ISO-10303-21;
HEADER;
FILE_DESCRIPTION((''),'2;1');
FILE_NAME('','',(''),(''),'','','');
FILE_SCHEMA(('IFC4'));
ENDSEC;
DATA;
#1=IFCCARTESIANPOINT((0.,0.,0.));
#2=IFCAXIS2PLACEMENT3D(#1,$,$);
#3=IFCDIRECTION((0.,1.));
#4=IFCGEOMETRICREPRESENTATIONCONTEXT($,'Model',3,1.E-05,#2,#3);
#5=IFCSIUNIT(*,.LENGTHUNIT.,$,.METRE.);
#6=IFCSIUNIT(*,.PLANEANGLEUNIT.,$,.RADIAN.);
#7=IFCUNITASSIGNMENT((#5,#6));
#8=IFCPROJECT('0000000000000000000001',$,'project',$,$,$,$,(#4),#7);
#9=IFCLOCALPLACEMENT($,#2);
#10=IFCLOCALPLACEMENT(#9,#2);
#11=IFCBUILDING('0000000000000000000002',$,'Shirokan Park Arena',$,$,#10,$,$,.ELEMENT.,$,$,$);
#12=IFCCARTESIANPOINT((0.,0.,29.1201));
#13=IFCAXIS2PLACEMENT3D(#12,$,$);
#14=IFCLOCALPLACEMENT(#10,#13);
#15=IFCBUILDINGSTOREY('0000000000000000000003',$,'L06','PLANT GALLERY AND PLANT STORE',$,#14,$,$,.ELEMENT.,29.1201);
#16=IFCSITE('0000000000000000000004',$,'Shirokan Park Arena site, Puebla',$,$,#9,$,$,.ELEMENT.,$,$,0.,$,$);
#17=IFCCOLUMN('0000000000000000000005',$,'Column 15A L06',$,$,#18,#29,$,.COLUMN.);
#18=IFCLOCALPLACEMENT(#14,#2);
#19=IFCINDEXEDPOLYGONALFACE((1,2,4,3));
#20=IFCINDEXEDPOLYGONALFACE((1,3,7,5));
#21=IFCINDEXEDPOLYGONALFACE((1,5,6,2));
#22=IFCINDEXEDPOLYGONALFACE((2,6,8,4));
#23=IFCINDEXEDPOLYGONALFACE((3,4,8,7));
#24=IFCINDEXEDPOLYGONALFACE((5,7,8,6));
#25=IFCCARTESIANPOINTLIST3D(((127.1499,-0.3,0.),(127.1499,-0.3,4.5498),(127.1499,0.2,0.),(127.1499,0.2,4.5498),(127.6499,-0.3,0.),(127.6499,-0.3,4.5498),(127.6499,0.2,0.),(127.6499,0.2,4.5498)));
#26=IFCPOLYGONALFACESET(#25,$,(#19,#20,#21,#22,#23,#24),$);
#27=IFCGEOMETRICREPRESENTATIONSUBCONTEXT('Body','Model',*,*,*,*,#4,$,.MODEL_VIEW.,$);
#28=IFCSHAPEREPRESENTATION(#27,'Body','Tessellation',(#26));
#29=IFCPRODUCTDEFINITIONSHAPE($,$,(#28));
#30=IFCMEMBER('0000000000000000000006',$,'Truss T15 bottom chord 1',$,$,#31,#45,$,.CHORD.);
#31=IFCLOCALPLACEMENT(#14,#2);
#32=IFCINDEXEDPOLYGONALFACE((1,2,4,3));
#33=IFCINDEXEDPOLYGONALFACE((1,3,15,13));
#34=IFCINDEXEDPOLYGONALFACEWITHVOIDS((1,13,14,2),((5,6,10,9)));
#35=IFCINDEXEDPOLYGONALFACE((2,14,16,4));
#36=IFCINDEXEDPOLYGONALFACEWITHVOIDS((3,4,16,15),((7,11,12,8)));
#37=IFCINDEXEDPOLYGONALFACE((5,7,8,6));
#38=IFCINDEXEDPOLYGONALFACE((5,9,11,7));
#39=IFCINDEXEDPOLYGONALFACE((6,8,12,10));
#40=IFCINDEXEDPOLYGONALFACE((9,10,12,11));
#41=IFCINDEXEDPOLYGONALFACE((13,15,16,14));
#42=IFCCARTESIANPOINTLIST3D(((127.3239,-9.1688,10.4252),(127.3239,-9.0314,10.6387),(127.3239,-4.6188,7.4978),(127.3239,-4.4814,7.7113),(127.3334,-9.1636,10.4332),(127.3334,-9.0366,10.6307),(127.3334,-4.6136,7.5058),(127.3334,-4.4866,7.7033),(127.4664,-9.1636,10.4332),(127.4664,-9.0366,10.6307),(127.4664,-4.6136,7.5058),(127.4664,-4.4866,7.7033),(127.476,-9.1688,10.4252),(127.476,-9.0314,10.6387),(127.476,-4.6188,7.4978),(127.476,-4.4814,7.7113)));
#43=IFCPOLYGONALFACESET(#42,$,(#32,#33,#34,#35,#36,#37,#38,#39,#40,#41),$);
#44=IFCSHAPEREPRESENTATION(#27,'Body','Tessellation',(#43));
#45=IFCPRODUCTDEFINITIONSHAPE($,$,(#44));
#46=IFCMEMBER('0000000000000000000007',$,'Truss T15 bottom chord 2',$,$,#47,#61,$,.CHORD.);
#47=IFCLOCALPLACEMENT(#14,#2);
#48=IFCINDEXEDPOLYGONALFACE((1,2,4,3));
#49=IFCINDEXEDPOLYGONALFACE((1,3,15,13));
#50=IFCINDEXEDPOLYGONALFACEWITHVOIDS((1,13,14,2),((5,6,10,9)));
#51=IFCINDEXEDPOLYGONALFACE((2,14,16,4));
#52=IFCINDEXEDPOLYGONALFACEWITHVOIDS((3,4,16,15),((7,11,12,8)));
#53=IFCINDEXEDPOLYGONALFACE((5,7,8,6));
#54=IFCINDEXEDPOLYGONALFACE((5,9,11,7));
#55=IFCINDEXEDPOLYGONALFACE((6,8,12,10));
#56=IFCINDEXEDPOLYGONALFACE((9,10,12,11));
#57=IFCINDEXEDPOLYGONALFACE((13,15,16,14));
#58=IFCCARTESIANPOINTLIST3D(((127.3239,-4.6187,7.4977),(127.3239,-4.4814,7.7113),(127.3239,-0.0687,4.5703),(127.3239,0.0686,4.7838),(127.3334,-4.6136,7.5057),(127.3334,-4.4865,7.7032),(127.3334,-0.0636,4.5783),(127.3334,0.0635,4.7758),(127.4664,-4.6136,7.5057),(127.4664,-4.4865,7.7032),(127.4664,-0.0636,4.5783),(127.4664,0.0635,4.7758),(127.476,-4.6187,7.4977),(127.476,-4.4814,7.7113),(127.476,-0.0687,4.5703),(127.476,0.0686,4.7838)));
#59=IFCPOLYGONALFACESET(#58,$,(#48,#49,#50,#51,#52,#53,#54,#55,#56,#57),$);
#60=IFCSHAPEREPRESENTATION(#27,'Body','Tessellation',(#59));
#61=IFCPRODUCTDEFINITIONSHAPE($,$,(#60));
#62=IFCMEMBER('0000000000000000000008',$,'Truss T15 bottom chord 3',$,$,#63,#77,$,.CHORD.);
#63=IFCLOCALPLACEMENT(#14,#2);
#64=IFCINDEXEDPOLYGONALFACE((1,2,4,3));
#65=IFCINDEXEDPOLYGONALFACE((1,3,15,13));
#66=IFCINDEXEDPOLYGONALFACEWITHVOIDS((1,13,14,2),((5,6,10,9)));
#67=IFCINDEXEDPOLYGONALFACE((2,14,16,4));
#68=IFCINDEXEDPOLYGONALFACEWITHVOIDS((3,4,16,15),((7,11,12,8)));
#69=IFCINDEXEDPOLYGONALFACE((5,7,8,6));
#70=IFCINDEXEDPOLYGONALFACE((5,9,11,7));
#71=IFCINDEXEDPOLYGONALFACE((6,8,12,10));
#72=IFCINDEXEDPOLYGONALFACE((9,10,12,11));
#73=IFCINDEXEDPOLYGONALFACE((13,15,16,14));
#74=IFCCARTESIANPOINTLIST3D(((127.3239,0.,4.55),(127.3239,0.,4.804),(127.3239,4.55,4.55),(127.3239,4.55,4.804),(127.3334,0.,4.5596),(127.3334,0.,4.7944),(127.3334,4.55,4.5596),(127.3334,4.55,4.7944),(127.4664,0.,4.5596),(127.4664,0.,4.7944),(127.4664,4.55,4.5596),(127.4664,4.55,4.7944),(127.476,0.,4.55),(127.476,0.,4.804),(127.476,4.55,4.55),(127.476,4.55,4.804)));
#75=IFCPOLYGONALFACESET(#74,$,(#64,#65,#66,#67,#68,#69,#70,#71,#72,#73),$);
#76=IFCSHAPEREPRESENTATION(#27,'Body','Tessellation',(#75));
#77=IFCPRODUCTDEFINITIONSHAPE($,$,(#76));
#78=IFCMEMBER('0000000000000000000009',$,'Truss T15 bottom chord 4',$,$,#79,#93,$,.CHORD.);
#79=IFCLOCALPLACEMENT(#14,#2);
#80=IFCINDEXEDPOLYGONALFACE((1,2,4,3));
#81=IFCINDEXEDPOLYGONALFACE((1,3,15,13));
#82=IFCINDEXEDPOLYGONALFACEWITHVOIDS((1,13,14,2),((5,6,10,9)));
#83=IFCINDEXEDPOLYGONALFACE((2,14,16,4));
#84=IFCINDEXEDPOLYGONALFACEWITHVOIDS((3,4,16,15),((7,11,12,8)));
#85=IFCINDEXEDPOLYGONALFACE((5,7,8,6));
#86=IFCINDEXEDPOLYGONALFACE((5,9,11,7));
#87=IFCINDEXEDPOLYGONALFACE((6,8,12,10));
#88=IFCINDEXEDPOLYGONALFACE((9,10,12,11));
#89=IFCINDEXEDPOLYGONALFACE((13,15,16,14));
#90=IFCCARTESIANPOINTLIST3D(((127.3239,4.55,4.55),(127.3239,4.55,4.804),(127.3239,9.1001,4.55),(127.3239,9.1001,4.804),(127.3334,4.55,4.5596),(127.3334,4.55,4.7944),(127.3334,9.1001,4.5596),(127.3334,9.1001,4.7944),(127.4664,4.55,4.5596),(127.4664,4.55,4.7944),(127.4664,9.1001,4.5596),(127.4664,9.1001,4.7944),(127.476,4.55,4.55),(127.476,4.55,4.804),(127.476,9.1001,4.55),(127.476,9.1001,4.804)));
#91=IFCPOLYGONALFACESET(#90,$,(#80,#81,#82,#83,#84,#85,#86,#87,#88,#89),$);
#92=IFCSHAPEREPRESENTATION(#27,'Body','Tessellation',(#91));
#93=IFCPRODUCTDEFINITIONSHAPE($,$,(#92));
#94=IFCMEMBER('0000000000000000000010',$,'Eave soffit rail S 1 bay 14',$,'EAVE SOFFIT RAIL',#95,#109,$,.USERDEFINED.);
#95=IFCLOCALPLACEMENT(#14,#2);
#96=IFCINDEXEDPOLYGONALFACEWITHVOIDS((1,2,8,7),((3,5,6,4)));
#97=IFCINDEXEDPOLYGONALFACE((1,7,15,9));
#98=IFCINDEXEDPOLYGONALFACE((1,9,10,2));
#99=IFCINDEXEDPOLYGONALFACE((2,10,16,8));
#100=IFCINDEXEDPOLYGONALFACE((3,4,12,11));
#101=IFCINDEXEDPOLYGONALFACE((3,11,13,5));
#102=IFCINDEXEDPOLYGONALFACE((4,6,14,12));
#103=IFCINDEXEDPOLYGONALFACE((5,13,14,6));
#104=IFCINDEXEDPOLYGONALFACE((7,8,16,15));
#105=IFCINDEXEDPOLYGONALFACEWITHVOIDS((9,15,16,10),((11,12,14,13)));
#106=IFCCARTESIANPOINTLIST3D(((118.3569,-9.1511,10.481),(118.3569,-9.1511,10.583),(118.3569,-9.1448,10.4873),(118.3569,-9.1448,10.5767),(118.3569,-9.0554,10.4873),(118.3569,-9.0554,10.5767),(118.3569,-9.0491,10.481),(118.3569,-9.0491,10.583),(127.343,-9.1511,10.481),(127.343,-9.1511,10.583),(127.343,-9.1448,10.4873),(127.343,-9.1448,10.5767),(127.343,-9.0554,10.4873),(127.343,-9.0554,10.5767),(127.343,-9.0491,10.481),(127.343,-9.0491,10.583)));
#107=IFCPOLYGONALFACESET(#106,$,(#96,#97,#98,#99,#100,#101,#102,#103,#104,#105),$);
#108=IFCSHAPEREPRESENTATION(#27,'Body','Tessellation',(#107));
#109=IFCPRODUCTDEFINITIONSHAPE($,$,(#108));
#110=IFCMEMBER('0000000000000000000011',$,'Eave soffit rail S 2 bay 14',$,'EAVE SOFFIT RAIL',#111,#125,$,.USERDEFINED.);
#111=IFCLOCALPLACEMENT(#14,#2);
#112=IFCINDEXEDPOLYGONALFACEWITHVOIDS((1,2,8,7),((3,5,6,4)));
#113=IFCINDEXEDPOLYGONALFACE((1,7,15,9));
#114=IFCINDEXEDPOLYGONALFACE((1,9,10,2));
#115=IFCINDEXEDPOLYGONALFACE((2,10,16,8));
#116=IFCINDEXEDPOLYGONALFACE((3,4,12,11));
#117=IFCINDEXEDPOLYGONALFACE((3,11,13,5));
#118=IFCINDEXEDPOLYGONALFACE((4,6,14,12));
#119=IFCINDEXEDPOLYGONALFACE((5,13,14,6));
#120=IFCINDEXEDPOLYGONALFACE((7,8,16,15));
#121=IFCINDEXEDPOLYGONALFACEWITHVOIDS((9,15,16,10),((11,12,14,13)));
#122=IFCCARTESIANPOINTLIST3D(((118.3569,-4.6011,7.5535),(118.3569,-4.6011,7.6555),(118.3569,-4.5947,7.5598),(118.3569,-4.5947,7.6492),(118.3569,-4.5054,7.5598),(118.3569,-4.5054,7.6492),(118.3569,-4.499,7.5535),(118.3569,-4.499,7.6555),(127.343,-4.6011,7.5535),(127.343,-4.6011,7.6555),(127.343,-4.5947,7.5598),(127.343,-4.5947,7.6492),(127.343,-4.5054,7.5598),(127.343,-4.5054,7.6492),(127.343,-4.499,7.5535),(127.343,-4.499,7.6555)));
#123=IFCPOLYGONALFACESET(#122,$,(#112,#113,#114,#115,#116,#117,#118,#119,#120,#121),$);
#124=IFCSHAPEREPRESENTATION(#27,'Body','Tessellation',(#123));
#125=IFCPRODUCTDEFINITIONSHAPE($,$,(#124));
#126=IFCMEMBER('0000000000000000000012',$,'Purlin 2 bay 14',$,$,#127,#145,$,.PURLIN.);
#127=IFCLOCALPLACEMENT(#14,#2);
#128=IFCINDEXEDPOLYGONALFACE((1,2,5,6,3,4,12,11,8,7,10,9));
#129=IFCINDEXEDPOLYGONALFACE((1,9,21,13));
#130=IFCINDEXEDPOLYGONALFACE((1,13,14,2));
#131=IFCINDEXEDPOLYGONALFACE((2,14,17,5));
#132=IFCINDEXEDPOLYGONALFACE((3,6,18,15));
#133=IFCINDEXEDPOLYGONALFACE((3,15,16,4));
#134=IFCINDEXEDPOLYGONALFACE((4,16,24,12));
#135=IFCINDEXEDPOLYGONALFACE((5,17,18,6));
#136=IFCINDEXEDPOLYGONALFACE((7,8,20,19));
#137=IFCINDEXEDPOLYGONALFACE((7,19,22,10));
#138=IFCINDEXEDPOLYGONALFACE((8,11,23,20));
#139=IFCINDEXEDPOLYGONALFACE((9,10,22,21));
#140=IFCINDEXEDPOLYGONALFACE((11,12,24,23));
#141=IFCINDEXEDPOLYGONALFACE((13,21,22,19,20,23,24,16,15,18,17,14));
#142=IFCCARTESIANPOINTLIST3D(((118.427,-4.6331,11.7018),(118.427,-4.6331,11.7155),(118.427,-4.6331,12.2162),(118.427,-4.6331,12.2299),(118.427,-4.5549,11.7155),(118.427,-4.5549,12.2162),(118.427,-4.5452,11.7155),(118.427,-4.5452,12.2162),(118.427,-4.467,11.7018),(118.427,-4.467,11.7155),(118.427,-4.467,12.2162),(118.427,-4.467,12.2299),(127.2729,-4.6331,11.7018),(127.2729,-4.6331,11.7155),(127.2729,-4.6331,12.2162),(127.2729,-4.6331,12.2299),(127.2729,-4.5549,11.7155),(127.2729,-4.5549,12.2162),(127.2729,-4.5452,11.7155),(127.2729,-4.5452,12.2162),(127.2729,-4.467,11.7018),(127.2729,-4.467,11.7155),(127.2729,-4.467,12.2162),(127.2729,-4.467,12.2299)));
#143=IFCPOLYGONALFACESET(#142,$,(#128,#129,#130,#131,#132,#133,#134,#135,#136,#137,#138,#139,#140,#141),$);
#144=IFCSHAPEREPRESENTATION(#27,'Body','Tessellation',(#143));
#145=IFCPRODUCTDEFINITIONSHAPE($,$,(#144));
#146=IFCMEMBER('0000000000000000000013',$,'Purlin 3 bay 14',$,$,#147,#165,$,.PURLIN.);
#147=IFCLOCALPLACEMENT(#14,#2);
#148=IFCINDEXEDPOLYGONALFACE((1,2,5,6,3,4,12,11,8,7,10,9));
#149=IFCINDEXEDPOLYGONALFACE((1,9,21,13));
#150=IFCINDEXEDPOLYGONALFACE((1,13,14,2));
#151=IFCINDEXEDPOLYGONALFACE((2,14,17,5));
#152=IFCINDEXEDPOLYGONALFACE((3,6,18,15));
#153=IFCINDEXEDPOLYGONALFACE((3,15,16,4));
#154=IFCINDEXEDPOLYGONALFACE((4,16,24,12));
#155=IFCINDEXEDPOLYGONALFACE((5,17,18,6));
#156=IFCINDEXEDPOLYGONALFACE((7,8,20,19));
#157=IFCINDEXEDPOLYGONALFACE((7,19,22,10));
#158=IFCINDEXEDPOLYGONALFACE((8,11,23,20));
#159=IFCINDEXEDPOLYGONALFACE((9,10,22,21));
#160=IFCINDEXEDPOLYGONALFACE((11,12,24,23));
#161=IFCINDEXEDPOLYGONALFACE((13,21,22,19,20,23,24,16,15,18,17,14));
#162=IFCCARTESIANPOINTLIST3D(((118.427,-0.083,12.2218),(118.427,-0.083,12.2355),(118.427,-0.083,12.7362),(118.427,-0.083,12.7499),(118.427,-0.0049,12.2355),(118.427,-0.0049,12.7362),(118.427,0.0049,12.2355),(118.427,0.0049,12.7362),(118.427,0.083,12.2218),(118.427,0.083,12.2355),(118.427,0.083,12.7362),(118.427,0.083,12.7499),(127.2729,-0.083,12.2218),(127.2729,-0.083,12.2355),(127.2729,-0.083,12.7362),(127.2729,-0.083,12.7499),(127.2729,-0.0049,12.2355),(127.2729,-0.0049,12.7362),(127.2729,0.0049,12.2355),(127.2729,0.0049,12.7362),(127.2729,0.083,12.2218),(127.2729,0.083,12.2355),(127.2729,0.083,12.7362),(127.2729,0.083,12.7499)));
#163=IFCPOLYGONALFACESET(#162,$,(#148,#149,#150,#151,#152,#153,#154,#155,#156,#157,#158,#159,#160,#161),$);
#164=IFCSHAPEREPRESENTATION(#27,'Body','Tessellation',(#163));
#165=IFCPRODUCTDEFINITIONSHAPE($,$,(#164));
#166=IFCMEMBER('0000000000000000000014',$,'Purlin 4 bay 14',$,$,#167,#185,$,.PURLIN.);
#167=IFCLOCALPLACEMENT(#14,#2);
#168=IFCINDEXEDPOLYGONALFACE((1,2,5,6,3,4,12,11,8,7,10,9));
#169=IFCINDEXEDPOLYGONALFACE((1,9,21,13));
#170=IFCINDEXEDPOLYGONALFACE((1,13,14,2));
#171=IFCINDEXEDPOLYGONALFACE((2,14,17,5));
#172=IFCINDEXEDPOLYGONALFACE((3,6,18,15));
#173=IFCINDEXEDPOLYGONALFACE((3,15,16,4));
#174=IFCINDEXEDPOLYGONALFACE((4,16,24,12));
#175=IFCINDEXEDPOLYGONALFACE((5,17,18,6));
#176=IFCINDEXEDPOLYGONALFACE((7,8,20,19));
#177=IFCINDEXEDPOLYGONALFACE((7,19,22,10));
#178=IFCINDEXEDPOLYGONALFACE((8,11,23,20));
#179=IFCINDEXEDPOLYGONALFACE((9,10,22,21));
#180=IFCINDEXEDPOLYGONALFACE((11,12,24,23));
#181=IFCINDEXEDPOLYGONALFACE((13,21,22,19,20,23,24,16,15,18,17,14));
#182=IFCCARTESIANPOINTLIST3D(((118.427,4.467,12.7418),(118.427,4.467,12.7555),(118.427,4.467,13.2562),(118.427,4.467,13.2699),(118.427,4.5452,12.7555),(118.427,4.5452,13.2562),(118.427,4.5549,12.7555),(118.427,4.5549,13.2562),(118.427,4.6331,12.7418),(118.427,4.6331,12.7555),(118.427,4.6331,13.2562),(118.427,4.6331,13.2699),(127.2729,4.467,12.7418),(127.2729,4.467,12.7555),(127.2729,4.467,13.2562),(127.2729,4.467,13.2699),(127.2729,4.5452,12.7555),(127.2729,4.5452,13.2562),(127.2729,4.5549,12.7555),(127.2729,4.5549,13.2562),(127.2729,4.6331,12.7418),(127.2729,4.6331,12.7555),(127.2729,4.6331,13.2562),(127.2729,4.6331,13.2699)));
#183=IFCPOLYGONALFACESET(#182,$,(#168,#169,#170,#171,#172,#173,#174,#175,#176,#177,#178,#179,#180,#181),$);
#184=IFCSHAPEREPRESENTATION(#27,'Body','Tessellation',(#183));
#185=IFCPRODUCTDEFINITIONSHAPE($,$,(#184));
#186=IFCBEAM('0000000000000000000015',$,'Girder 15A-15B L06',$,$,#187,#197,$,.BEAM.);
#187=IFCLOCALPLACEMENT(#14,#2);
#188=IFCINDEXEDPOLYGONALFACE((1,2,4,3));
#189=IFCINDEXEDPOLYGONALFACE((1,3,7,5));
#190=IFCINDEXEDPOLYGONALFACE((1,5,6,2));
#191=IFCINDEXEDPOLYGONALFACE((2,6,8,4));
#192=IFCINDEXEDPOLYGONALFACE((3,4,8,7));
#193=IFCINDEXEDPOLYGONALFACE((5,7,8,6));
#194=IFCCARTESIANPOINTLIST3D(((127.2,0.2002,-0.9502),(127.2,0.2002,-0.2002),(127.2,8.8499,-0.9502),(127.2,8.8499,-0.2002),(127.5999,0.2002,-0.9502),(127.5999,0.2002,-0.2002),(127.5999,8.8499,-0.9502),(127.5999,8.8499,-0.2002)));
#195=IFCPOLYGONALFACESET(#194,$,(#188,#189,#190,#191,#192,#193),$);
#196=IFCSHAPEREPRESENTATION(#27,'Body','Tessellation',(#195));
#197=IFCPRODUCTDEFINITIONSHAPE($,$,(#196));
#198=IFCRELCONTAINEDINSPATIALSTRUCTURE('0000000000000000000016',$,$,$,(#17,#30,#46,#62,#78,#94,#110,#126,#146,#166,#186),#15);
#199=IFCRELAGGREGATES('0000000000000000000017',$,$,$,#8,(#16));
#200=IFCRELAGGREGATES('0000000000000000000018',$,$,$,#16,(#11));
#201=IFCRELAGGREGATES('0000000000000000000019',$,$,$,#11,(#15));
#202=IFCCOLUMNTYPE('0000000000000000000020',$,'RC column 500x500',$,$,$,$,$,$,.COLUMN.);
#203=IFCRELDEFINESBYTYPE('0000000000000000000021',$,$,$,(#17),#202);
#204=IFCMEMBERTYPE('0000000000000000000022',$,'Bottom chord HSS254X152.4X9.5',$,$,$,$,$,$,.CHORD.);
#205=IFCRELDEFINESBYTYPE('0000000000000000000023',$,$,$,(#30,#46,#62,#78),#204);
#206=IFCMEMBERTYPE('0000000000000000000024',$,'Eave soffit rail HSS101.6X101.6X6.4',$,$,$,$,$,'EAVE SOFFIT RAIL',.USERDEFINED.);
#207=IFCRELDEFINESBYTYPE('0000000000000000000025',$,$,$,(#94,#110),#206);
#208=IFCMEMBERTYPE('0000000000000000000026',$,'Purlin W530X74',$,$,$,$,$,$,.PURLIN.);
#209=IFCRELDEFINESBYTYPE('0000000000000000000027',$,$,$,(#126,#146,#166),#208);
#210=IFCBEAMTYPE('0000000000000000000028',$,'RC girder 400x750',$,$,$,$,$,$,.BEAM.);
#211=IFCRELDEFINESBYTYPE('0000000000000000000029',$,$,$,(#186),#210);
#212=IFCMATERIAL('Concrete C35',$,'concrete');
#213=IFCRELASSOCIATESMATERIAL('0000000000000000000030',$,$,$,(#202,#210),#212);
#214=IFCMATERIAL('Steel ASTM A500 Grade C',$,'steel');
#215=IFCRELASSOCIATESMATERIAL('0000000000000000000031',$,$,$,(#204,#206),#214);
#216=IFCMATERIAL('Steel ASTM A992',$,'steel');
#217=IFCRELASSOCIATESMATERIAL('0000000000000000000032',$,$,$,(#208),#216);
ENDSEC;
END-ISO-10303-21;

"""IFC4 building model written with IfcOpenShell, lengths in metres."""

from ifc_helpers import new_model, si_unit, direction, frame, origin, origin_2d, place, context, subcontext, project, spatial, rectangle, hollow_rectangle, i_section, extrude, material, material_profile, profile_set, type_object, element, save


model = new_model("IFC4")

# Units and contexts
model_context = context("Model", 3, precision=1e-05, world=origin(), true_north=direction((0.0, 1.0)))
body_context = subcontext(model_context, "Body", "Model", "MODEL_VIEW")
ifc_project = project(units=[si_unit("LENGTHUNIT", "METRE"), si_unit("PLANEANGLEUNIT", "RADIAN")], contexts=[model_context])

# Site, building, storey
site_placement = place(None, origin())
site = spatial("IfcSite", under=ifc_project, at=site_placement, Name="Shirokan Park Arena site, Puebla", CompositionType="ELEMENT", RefElevation=0.0)
building_placement = place(site_placement, origin())
building = spatial("IfcBuilding", under=site, at=building_placement, Name="Shirokan Park Arena", CompositionType="ELEMENT")
storey_placement = place(building_placement, frame((0.0, 0.0, 29.1201)))
storey = spatial("IfcBuildingStorey", under=building, at=storey_placement, Name="L06", Description="PLANT GALLERY AND PLANT STORE", CompositionType="ELEMENT", Elevation=29.1201)

# Column
ifc_material_1 = material(Name="Concrete C35", Category="concrete")
ifc_material_profile_1 = material_profile(ifc_material_1, rectangle(XDim=0.5, YDim=0.5, at=origin_2d()), Name="500x500")
ifc_profile_set_1 = profile_set([ifc_material_profile_1], Name="Concrete C35")
column_type = type_object("IfcColumnType", Name="RC column 500x500", PredefinedType="COLUMN", material=ifc_profile_set_1)
column_placement = place(storey_placement, frame((127.3999, -0.05, 0.0), z_axis=(0.0, 0.0, 1.0), x_axis=(1.0, 0.0, 0.0)))
element("IfcColumn", 1, at=column_placement, inside=storey, type_object=column_type, Name="Column 15A L06", PredefinedType="COLUMN", context=body_context, shape_type="SweptSolid", body=[
    extrude(rectangle(XDim=0.5, YDim=0.5, at=origin_2d()), origin(), (0.0, 0.0, 1.0), 4.5498),
])

# Members
ifc_material_2 = material(Name="Steel ASTM A500 Grade C", Category="steel")
ifc_material_profile_2 = material_profile(ifc_material_2, hollow_rectangle(XDim=0.1521, YDim=0.2539, WallThickness=0.0095, at=origin_2d()), Name="HSS254X152.4X9.5")
ifc_profile_set_2 = profile_set([ifc_material_profile_2], Name="Steel ASTM A500 Grade C")
member_type_1 = type_object("IfcMemberType", Name="Bottom chord HSS254X152.4X9.5", PredefinedType="CHORD", material=ifc_profile_set_2)
for number, where, z_axis, x_axis, name in (
    (2, (127.3999, -9.1001, 10.532), (0.0, 0.840972, -0.541079), (-1.0, 0.0, 0.0), "Truss T15 bottom chord 1"),
    (3, (127.3999, -4.55, 7.6045), (0.0, 0.840972, -0.541079), (-1.0, 0.0, 0.0), "Truss T15 bottom chord 2"),
):
    element("IfcMember", number, at=place(storey_placement, frame(where, z_axis=z_axis, x_axis=x_axis)), inside=storey, type_object=member_type_1, Name=name, PredefinedType="CHORD", context=body_context, shape_type="SweptSolid", body=[
        extrude(hollow_rectangle(XDim=0.1521, YDim=0.2539, WallThickness=0.0095, at=origin_2d()), origin(), (0.0, 0.0, 1.0), 5.4104),
    ])
for number, where, z_axis, x_axis, name in (
    (4, (127.3999, 0.0, 4.677), (0.0, 1.0, 0.0), (-1.0, 0.0, 0.0), "Truss T15 bottom chord 3"),
    (5, (127.3999, 4.55, 4.677), (0.0, 1.0, 0.0), (-1.0, 0.0, 0.0), "Truss T15 bottom chord 4"),
):
    element("IfcMember", number, at=place(storey_placement, frame(where, z_axis=z_axis, x_axis=x_axis)), inside=storey, type_object=member_type_1, Name=name, PredefinedType="CHORD", context=body_context, shape_type="SweptSolid", body=[
        extrude(hollow_rectangle(XDim=0.1521, YDim=0.2539, WallThickness=0.0095, at=origin_2d()), origin(), (0.0, 0.0, 1.0), 4.55),
    ])
ifc_material_profile_3 = material_profile(ifc_material_2, hollow_rectangle(XDim=0.1021, YDim=0.1021, WallThickness=0.0063, at=origin_2d()), Name="HSS101.6X101.6X6.4")
ifc_profile_set_3 = profile_set([ifc_material_profile_3], Name="Steel ASTM A500 Grade C")
member_type_2 = type_object("IfcMemberType", Name="Eave soffit rail HSS101.6X101.6X6.4", ElementType="EAVE SOFFIT RAIL", PredefinedType="USERDEFINED", material=ifc_profile_set_3)
for number, where, z_axis, x_axis, name in (
    (6, (118.3569, -9.1001, 10.532), (1.0, 0.0, 0.0), (0.0, 1.0, 0.0), "Eave soffit rail S 1 bay 14"),
    (7, (118.3569, -4.55, 7.6045), (1.0, 0.0, 0.0), (0.0, 1.0, 0.0), "Eave soffit rail S 2 bay 14"),
):
    element("IfcMember", number, at=place(storey_placement, frame(where, z_axis=z_axis, x_axis=x_axis)), inside=storey, type_object=member_type_2, Name=name, ObjectType="EAVE SOFFIT RAIL", PredefinedType="USERDEFINED", context=body_context, shape_type="SweptSolid", body=[
        extrude(hollow_rectangle(XDim=0.1021, YDim=0.1021, WallThickness=0.0063, at=origin_2d()), origin(), (0.0, 0.0, 1.0), 8.9861),
    ])
ifc_material_3 = material(Name="Steel ASTM A992", Category="steel")
ifc_material_profile_4 = material_profile(ifc_material_3, i_section(OverallWidth=0.166, OverallDepth=0.5281, WebThickness=0.0098, FlangeThickness=0.0137, at=origin_2d()), Name="W530X74")
ifc_profile_set_4 = profile_set([ifc_material_profile_4], Name="Steel ASTM A992")
member_type_3 = type_object("IfcMemberType", Name="Purlin W530X74", PredefinedType="PURLIN", material=ifc_profile_set_4)
for number, where, z_axis, x_axis, name in (
    (8, (118.427, -4.55, 11.9658), (1.0, 0.0, 0.0), (0.0, 1.0, 0.0), "Purlin 2 bay 14"),
    (9, (118.427, 0.0, 12.4858), (1.0, 0.0, 0.0), (0.0, 1.0, 0.0), "Purlin 3 bay 14"),
    (10, (118.427, 4.55, 13.0059), (1.0, 0.0, 0.0), (0.0, 1.0, 0.0), "Purlin 4 bay 14"),
):
    element("IfcMember", number, at=place(storey_placement, frame(where, z_axis=z_axis, x_axis=x_axis)), inside=storey, type_object=member_type_3, Name=name, PredefinedType="PURLIN", context=body_context, shape_type="SweptSolid", body=[
        extrude(i_section(OverallWidth=0.166, OverallDepth=0.5281, WebThickness=0.0098, FlangeThickness=0.0137, at=origin_2d()), origin(), (0.0, 0.0, 1.0), 8.8459),
    ])

# Beam
ifc_material_profile_5 = material_profile(ifc_material_1, rectangle(XDim=0.3999, YDim=0.75, at=origin_2d()), Name="400x750")
ifc_profile_set_5 = profile_set([ifc_material_profile_5], Name="Concrete C35")
beam_type_1 = type_object("IfcBeamType", Name="RC girder 400x750", PredefinedType="BEAM", material=ifc_profile_set_5)
beam_1_placement = place(storey_placement, frame((127.3999, 0.2002, -0.5752), z_axis=(0.0, 1.0, 0.0), x_axis=(-1.0, 0.0, 0.0)))
element("IfcBeam", 11, at=beam_1_placement, inside=storey, type_object=beam_type_1, Name="Girder 15A-15B L06", PredefinedType="BEAM", context=body_context, shape_type="SweptSolid", body=[
    extrude(rectangle(XDim=0.3999, YDim=0.75, at=origin_2d()), origin(), (0.0, 0.0, 1.0), 8.6497),
])

save(model, "model.ifc")
